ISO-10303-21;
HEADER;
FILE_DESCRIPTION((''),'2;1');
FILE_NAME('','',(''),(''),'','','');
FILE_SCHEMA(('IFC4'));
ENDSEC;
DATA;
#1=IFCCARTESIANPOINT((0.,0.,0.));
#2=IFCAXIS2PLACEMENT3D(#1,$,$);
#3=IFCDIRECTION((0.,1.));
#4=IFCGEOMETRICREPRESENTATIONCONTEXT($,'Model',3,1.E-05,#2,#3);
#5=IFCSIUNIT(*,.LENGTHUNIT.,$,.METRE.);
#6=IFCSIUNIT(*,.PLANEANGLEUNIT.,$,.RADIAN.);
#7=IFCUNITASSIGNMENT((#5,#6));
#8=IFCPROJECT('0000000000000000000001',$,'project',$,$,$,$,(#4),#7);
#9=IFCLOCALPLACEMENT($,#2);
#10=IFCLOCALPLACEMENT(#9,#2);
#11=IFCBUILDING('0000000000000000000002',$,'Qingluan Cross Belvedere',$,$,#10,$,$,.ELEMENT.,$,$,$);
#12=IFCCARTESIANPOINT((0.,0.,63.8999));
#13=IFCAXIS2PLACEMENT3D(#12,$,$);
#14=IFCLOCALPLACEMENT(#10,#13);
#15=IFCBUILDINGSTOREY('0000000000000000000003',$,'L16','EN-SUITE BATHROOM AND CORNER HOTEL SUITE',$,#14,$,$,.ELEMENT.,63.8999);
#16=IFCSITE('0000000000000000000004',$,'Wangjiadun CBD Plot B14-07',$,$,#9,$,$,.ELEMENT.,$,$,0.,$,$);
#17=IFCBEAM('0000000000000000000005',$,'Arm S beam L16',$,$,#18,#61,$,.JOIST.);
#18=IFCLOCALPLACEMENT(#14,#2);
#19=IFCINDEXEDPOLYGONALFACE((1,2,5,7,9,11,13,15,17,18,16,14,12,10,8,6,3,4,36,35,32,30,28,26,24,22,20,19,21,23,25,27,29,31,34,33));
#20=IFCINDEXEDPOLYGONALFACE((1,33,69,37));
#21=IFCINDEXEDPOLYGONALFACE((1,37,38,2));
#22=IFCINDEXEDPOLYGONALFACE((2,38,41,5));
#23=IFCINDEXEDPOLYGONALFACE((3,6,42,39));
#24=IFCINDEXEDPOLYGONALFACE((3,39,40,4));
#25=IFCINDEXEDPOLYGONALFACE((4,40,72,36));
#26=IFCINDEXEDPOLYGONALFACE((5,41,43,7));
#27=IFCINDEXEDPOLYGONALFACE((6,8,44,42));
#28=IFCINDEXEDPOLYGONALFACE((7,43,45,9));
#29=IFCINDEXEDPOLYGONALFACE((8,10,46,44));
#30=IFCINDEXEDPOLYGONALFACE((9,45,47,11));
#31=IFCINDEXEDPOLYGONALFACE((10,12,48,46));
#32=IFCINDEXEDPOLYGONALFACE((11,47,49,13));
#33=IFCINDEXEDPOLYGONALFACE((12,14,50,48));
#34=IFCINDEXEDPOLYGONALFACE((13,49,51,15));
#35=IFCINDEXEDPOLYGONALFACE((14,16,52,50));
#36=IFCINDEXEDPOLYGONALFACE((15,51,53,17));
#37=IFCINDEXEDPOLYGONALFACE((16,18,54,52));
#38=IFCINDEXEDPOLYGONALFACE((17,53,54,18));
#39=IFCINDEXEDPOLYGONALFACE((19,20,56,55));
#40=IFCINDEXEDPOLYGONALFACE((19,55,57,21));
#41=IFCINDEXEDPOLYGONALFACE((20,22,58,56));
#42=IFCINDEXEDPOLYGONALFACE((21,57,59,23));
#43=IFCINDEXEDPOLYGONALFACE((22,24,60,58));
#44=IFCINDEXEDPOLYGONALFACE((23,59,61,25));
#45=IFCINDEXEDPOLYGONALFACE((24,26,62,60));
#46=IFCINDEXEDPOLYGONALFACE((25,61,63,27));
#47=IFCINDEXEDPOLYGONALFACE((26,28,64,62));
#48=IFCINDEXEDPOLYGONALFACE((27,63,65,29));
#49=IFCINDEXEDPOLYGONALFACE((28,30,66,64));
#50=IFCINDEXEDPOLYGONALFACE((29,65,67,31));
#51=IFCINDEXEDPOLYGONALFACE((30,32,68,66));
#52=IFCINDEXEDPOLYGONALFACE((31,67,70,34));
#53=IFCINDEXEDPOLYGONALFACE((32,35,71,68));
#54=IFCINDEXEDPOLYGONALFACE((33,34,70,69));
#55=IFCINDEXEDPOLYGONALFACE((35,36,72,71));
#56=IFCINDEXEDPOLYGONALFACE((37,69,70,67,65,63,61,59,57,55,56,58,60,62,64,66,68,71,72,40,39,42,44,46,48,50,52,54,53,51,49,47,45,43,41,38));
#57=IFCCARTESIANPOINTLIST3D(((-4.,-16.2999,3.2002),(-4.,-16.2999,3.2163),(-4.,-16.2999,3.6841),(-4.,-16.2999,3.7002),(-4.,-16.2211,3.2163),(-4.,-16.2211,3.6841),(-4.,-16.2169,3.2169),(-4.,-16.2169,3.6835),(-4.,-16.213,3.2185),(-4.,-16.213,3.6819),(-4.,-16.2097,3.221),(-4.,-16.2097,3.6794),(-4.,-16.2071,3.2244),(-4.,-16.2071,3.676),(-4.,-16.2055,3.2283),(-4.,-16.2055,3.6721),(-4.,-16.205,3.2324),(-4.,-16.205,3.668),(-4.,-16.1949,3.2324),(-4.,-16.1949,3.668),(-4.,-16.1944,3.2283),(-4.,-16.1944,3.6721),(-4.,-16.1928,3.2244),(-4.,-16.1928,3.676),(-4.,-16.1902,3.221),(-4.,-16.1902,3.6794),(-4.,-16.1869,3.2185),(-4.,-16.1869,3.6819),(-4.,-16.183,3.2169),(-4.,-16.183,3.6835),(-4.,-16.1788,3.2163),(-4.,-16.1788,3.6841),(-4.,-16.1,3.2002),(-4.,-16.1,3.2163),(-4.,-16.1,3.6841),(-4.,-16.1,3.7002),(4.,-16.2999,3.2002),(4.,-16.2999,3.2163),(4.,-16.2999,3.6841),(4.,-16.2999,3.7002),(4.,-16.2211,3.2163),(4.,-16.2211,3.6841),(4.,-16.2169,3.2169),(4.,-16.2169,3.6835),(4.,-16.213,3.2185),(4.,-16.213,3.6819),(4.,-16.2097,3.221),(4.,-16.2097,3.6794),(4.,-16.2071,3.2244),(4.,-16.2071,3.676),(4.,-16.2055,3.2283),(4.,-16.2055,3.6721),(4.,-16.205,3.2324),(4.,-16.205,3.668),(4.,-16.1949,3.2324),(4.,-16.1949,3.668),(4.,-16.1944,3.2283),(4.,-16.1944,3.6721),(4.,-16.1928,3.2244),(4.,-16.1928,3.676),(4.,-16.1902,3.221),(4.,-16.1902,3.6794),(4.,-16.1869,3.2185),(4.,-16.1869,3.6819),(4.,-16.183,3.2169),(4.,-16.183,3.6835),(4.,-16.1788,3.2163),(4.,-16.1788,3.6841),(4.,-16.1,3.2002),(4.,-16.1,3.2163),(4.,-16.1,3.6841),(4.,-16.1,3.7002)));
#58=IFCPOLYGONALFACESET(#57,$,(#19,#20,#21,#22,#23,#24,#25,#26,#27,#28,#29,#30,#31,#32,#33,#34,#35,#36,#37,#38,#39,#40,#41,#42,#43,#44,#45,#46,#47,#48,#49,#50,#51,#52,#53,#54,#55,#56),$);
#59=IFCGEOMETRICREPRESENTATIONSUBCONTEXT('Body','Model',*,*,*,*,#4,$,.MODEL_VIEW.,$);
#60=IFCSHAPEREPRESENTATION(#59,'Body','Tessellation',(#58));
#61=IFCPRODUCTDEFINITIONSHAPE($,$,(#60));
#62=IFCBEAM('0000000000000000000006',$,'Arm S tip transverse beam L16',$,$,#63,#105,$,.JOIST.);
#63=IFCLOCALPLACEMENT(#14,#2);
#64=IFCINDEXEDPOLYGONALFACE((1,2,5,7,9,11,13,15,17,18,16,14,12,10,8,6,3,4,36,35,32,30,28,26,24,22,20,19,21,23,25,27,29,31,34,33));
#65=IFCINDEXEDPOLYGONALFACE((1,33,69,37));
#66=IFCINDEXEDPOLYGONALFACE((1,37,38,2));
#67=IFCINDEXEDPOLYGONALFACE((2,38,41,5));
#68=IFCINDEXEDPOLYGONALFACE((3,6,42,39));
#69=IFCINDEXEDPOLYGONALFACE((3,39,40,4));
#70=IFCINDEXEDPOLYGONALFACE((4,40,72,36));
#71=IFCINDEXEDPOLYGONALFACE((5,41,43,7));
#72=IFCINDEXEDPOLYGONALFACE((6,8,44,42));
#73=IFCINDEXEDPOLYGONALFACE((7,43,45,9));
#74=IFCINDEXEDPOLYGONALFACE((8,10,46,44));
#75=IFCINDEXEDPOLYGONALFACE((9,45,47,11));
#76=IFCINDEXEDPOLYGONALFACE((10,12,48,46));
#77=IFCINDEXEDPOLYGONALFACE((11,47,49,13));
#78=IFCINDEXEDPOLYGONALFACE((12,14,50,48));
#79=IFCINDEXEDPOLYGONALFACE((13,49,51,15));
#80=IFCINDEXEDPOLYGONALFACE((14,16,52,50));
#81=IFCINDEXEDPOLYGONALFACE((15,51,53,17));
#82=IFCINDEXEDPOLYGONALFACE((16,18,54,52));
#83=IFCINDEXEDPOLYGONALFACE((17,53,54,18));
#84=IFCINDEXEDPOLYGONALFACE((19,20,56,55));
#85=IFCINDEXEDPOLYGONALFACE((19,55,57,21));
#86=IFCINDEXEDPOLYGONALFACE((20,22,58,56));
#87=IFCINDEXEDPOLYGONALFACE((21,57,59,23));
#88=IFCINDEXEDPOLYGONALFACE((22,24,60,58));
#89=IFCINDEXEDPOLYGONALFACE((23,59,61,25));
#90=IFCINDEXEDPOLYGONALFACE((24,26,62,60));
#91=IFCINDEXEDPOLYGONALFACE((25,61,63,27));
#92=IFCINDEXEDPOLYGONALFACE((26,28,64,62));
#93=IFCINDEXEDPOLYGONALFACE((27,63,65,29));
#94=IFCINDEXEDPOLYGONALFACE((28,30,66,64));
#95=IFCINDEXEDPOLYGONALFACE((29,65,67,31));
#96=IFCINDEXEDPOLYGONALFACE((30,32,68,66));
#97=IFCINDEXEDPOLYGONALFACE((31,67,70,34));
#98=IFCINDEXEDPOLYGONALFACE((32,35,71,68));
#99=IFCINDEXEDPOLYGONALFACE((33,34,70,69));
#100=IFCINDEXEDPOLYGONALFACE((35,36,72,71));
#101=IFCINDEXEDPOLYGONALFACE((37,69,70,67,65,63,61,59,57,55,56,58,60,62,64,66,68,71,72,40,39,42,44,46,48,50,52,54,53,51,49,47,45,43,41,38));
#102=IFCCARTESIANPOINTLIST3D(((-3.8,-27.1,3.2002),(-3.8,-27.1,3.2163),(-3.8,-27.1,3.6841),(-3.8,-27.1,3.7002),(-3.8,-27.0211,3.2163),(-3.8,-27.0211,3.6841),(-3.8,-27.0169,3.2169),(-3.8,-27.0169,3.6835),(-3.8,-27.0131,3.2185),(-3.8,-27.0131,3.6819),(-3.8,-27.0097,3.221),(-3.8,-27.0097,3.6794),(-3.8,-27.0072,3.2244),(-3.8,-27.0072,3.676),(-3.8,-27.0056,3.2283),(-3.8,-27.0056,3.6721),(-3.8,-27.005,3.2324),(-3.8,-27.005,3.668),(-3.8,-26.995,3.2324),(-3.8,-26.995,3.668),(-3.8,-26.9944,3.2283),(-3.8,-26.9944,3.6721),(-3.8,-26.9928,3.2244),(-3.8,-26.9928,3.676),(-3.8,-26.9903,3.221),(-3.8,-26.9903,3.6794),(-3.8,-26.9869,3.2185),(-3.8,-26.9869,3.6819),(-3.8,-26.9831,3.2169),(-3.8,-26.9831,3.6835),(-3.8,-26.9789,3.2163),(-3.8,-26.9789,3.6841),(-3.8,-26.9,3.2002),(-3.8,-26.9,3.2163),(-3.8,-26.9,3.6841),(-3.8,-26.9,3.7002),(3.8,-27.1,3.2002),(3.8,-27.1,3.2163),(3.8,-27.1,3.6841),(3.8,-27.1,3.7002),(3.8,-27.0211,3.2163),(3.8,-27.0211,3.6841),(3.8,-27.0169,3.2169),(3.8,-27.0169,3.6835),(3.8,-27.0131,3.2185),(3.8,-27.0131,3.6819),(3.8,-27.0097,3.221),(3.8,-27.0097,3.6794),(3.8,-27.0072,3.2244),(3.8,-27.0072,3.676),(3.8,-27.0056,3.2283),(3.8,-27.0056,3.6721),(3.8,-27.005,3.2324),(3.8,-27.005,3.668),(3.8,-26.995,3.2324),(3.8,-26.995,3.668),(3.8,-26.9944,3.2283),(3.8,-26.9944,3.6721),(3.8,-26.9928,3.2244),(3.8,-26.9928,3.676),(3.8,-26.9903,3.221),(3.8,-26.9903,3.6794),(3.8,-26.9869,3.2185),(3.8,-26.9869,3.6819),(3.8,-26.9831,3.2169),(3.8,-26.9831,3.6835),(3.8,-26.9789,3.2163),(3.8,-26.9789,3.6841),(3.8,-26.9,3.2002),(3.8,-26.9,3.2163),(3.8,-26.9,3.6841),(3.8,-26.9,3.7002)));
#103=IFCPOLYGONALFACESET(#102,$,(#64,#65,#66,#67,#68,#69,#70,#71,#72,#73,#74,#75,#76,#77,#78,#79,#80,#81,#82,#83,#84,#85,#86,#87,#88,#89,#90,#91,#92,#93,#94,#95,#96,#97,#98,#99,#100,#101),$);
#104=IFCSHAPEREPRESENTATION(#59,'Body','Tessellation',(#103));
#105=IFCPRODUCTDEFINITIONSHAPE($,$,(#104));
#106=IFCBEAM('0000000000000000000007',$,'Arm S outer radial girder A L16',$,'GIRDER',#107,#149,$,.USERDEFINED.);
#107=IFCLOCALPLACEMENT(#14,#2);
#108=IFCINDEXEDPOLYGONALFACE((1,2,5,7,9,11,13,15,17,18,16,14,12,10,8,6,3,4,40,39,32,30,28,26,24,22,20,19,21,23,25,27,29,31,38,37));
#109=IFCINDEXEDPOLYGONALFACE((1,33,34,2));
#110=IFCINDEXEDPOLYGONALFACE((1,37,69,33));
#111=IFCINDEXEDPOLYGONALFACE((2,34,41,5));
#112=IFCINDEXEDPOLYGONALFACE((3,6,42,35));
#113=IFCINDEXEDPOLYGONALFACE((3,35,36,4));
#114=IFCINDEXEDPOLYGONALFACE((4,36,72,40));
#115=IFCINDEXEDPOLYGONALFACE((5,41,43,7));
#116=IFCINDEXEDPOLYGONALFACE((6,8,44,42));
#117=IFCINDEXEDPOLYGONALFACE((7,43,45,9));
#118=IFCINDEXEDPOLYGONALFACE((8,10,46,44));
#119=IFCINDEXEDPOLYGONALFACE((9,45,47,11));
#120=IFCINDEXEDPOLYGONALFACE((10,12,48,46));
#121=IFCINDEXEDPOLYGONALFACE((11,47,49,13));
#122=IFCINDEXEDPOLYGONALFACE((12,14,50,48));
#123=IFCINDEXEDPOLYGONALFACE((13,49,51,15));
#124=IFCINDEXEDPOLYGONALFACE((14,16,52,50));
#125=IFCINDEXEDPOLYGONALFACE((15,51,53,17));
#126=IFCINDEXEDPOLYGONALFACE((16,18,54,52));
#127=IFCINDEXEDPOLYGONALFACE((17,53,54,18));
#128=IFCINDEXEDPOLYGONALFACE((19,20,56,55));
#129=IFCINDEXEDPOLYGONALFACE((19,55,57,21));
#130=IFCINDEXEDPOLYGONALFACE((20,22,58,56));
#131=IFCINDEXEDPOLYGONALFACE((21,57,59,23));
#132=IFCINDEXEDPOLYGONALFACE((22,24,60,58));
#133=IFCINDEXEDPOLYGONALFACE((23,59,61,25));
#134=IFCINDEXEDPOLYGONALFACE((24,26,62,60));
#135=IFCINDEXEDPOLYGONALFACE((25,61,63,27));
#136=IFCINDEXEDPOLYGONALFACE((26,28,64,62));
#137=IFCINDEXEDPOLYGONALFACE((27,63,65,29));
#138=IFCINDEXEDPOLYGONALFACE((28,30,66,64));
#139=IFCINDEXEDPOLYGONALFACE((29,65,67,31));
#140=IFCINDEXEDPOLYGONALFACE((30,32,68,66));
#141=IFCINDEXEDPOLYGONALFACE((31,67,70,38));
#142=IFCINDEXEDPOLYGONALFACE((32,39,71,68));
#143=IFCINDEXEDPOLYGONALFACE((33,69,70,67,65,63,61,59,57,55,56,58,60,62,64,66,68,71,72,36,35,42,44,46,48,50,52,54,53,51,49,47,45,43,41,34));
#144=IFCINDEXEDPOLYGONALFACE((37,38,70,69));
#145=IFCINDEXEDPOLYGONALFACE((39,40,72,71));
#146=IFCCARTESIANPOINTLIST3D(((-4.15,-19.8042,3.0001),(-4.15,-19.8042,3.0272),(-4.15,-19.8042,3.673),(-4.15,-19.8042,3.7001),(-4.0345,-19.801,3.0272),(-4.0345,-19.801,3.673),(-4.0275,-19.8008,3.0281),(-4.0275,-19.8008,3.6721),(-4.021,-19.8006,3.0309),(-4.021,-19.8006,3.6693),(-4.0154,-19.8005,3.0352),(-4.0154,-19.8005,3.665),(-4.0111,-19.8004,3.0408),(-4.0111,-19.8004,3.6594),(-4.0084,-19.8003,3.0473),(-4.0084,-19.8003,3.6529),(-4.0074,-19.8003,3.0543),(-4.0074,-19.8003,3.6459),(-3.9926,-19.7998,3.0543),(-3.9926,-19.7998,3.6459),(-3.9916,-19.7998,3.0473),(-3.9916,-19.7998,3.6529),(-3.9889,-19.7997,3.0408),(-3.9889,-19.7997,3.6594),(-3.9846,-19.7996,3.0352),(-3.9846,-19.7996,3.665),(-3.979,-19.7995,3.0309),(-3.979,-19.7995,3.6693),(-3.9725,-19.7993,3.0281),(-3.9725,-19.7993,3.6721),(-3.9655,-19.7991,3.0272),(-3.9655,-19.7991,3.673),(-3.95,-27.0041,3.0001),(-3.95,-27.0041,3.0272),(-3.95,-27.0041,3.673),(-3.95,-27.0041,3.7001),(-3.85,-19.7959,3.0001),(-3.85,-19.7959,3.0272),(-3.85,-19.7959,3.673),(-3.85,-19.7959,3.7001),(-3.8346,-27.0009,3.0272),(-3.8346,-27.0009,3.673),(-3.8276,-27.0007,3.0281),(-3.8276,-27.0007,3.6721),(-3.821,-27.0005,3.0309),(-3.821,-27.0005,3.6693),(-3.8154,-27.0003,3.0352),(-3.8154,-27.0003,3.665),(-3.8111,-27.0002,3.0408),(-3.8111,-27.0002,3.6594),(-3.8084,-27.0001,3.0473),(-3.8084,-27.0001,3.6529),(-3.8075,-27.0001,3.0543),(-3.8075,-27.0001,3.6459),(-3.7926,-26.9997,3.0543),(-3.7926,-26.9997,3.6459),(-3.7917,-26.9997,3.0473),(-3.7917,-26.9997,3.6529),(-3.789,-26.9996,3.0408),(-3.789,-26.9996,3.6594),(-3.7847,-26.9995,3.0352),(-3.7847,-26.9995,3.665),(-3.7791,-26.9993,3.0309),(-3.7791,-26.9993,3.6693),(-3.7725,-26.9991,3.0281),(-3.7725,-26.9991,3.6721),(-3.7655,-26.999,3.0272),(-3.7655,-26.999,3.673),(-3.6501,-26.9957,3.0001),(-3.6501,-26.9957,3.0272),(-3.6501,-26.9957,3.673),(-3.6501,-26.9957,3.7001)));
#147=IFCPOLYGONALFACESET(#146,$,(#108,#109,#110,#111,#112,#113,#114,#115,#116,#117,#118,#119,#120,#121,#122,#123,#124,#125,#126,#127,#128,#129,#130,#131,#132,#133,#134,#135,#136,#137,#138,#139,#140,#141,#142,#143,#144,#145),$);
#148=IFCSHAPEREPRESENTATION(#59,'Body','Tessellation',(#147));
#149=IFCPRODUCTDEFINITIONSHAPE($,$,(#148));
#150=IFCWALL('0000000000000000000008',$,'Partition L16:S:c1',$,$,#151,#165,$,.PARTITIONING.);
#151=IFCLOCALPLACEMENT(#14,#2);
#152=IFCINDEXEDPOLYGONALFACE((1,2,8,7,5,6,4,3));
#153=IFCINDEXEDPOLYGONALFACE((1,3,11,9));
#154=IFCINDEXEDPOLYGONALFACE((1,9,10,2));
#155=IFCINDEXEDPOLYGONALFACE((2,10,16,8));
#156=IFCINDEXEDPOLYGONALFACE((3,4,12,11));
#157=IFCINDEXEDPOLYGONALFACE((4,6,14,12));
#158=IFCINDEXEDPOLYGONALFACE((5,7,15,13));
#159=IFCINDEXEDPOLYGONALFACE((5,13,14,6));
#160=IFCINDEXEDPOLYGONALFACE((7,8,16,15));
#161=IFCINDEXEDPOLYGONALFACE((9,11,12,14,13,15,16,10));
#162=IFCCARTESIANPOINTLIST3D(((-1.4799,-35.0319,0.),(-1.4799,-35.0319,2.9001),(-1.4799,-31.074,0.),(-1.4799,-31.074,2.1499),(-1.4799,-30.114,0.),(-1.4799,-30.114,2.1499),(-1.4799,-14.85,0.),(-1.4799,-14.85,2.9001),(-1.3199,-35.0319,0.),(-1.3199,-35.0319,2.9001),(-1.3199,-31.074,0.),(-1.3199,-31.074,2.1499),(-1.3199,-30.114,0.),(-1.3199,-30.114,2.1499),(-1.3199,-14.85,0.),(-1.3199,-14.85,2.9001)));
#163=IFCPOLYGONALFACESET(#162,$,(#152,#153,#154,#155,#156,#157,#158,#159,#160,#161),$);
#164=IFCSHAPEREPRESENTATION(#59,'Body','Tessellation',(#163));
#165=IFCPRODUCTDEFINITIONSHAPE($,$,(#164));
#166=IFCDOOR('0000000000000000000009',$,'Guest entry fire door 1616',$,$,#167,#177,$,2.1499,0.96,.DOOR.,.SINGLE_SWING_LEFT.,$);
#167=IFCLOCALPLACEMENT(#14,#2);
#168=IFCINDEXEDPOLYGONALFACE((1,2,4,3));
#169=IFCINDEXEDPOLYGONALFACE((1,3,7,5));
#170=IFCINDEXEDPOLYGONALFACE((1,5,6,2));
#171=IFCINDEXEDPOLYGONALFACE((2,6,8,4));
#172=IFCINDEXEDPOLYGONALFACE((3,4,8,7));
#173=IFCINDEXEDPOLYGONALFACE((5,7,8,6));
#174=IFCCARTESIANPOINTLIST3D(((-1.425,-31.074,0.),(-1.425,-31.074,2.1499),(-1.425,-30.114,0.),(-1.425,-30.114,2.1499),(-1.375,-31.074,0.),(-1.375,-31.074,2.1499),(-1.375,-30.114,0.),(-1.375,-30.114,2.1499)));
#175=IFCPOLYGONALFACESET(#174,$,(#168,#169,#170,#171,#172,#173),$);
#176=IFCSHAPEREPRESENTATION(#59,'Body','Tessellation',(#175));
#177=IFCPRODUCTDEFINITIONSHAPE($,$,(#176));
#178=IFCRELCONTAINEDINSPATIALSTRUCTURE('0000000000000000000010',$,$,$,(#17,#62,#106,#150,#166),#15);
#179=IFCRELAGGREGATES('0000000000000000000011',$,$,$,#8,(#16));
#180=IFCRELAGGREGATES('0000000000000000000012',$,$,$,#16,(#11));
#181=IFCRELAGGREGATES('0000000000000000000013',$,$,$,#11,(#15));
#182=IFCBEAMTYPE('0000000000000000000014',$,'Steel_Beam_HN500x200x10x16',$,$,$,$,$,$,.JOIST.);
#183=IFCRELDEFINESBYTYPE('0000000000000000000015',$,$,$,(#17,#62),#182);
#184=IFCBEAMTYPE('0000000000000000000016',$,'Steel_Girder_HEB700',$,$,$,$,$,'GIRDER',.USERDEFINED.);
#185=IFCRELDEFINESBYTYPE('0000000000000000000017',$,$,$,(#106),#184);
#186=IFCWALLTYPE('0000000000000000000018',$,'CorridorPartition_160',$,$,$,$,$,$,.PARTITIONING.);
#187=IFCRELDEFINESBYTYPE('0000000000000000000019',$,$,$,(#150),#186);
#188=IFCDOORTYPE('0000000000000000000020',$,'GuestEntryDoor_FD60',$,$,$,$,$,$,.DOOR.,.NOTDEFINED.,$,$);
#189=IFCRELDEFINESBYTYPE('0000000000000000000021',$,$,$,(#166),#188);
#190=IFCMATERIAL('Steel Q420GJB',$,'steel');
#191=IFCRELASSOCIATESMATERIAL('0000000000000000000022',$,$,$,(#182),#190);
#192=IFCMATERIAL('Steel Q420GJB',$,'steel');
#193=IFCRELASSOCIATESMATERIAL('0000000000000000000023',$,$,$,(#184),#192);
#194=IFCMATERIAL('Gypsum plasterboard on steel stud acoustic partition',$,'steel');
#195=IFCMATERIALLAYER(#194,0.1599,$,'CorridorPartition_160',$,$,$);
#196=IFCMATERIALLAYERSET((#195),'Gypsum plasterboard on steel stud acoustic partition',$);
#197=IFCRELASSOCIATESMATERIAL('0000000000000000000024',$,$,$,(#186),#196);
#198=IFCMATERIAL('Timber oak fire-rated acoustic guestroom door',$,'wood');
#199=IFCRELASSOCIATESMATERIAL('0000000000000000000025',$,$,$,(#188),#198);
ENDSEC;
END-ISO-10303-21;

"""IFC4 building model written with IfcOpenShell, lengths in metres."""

from ifc_helpers import new_model, si_unit, direction, frame, frame_2d, origin, origin_2d, place, context, subcontext, project, spatial, rectangle, i_section, extrude, material, layer, layer_set, material_profile, profile_set, type_object, element, fill, save


model = new_model("IFC4")

# Units and contexts
model_context = context("Model", 3, precision=1e-05, world=origin(), true_north=direction((0.0, 1.0)))
body_context = subcontext(model_context, "Body", "Model", "MODEL_VIEW")
ifc_project = project(units=[si_unit("LENGTHUNIT", "METRE"), si_unit("PLANEANGLEUNIT", "RADIAN")], contexts=[model_context])

# Site, building, storey
site_placement = place(None, origin())
site = spatial("IfcSite", under=ifc_project, at=site_placement, Name="Wangjiadun CBD Plot B14-07", CompositionType="ELEMENT", RefElevation=0.0)
building_placement = place(site_placement, origin())
building = spatial("IfcBuilding", under=site, at=building_placement, Name="Qingluan Cross Belvedere", CompositionType="ELEMENT")
storey_placement = place(building_placement, frame((0.0, 0.0, 63.8999)))
storey = spatial("IfcBuildingStorey", under=building, at=storey_placement, Name="L16", Description="EN-SUITE BATHROOM AND CORNER HOTEL SUITE", CompositionType="ELEMENT", Elevation=63.8999)

# Beams
ifc_material_1 = material(Name="Steel Q420GJB", Category="steel")
ifc_material_profile_1 = material_profile(ifc_material_1, i_section(OverallWidth=0.2, OverallDepth=0.5, WebThickness=0.01, FlangeThickness=0.0161, FilletRadius=0.0161, at=origin_2d()), Name="HN500x200x10x16")
ifc_profile_set_1 = profile_set([ifc_material_profile_1], Name="Steel Q420GJB")
beam_type_1 = type_object("IfcBeamType", Name="Steel_Beam_HN500x200x10x16", PredefinedType="JOIST", material=ifc_profile_set_1)
for number, where, z_axis, x_axis, name in (
    (1, (-4.0, -16.2, 3.4502), (1.0, 0.0, 0.0), (0.0, 1.0, 0.0), "Arm S beam L16"),
):
    element("IfcBeam", number, at=place(storey_placement, frame(where, z_axis=z_axis, x_axis=x_axis)), inside=storey, type_object=beam_type_1, Name=name, PredefinedType="JOIST", context=body_context, shape_type="SweptSolid", body=[
        extrude(i_section(OverallWidth=0.2, OverallDepth=0.5, WebThickness=0.01, FlangeThickness=0.0161, FilletRadius=0.0161, at=origin_2d()), origin(), (0.0, 0.0, 1.0), 8.0),
    ])
beam_1_placement = place(storey_placement, frame((-3.8, -27.0, 3.4502), z_axis=(1.0, 0.0, 0.0), x_axis=(0.0, 1.0, 0.0)))
element("IfcBeam", 2, at=beam_1_placement, inside=storey, type_object=beam_type_1, Name="Arm S tip transverse beam L16", PredefinedType="JOIST", context=body_context, shape_type="SweptSolid", body=[
    extrude(i_section(OverallWidth=0.2, OverallDepth=0.5, WebThickness=0.01, FlangeThickness=0.0161, FilletRadius=0.0161, at=origin_2d()), origin(), (0.0, 0.0, 1.0), 7.6001),
])
ifc_material_2 = material(Name="Steel Q420GJB", Category="steel")
ifc_material_profile_2 = material_profile(ifc_material_2, i_section(OverallWidth=0.3, OverallDepth=0.7, WebThickness=0.0149, FlangeThickness=0.0271, FilletRadius=0.0271, at=origin_2d()), Name="HEB700")
ifc_profile_set_2 = profile_set([ifc_material_profile_2], Name="Steel Q420GJB")
beam_type_2 = type_object("IfcBeamType", Name="Steel_Girder_HEB700", ElementType="GIRDER", PredefinedType="USERDEFINED", material=ifc_profile_set_2)
beam_2_placement = place(storey_placement, frame((-4.0, -19.8, 3.3501), z_axis=(0.02776, -0.999615, 0.0), x_axis=(0.999615, 0.02776, 0.0)))
element("IfcBeam", 3, at=beam_2_placement, inside=storey, type_object=beam_type_2, Name="Arm S outer radial girder A L16", ObjectType="GIRDER", PredefinedType="USERDEFINED", context=body_context, shape_type="SweptSolid", body=[
    extrude(i_section(OverallWidth=0.3, OverallDepth=0.7, WebThickness=0.0149, FlangeThickness=0.0271, FilletRadius=0.0271, at=origin_2d()), origin(), (0.0, 0.0, 1.0), 7.2026),
])

# Wall, opening, door
ifc_material_3 = material(Name="Gypsum plasterboard on steel stud acoustic partition", Category="steel")
ifc_layer_1 = layer(ifc_material_3, 0.1599, Name="CorridorPartition_160")
ifc_layer_set_1 = layer_set([ifc_layer_1], Name="Gypsum plasterboard on steel stud acoustic partition")
wall_type_1 = type_object("IfcWallType", Name="CorridorPartition_160", PredefinedType="PARTITIONING", material=ifc_layer_set_1)
wall_1_placement = place(storey_placement, frame((-1.3999, -14.8501, 0.0), z_axis=(0.0, 0.0, 1.0), x_axis=(0.0, -1.0, 0.0)))
wall_1 = element("IfcWall", 4, at=wall_1_placement, inside=storey, type_object=wall_type_1, Name="Partition L16:S:c1", PredefinedType="PARTITIONING", context=body_context, shape_type="SweptSolid", body=[
    extrude(rectangle(XDim=20.1819, YDim=0.1599, at=frame_2d((10.0908, 0.0))), origin(), (0.0, 0.0, 1.0), 2.9001),
])
opening_1_placement = place(wall_1_placement, frame((15.2639, 0.0, 0.0)))
opening_1 = element("IfcOpeningElement", 5, at=opening_1_placement, cuts=wall_1, PredefinedType="OPENING", context=body_context, shape_type="SweptSolid", body=[
    extrude(rectangle(XDim=0.96, YDim=2.1499, at=frame_2d((0.48, 1.075))), frame((0.0, 0.0898, 0.0), z_axis=(0.0, -1.0, 0.0), x_axis=(1.0, 0.0, 0.0)), (0.0, 0.0, 1.0), 0.1799),
])
ifc_material_4 = material(Name="Timber oak fire-rated acoustic guestroom door", Category="wood")
door_type_1 = type_object("IfcDoorType", Name="GuestEntryDoor_FD60", OperationType="NOTDEFINED", PredefinedType="DOOR", material=ifc_material_4)
door_1_placement = place(opening_1_placement, origin())
door_1 = element("IfcDoor", 6, at=door_1_placement, inside=storey, type_object=door_type_1, Name="Guest entry fire door 1616", OperationType="SINGLE_SWING_LEFT", OverallHeight=2.1499, OverallWidth=0.96, PredefinedType="DOOR", context=body_context, shape_type="SweptSolid", body=[
    extrude(rectangle(XDim=0.96, YDim=2.1499, at=frame_2d((0.48, 1.075))), frame((0.0, 0.0249, 0.0), z_axis=(0.0, -1.0, 0.0), x_axis=(1.0, 0.0, 0.0)), (0.0, 0.0, 1.0), 0.05),
])
fill(opening_1, door_1)

save(model, "model.ifc")
